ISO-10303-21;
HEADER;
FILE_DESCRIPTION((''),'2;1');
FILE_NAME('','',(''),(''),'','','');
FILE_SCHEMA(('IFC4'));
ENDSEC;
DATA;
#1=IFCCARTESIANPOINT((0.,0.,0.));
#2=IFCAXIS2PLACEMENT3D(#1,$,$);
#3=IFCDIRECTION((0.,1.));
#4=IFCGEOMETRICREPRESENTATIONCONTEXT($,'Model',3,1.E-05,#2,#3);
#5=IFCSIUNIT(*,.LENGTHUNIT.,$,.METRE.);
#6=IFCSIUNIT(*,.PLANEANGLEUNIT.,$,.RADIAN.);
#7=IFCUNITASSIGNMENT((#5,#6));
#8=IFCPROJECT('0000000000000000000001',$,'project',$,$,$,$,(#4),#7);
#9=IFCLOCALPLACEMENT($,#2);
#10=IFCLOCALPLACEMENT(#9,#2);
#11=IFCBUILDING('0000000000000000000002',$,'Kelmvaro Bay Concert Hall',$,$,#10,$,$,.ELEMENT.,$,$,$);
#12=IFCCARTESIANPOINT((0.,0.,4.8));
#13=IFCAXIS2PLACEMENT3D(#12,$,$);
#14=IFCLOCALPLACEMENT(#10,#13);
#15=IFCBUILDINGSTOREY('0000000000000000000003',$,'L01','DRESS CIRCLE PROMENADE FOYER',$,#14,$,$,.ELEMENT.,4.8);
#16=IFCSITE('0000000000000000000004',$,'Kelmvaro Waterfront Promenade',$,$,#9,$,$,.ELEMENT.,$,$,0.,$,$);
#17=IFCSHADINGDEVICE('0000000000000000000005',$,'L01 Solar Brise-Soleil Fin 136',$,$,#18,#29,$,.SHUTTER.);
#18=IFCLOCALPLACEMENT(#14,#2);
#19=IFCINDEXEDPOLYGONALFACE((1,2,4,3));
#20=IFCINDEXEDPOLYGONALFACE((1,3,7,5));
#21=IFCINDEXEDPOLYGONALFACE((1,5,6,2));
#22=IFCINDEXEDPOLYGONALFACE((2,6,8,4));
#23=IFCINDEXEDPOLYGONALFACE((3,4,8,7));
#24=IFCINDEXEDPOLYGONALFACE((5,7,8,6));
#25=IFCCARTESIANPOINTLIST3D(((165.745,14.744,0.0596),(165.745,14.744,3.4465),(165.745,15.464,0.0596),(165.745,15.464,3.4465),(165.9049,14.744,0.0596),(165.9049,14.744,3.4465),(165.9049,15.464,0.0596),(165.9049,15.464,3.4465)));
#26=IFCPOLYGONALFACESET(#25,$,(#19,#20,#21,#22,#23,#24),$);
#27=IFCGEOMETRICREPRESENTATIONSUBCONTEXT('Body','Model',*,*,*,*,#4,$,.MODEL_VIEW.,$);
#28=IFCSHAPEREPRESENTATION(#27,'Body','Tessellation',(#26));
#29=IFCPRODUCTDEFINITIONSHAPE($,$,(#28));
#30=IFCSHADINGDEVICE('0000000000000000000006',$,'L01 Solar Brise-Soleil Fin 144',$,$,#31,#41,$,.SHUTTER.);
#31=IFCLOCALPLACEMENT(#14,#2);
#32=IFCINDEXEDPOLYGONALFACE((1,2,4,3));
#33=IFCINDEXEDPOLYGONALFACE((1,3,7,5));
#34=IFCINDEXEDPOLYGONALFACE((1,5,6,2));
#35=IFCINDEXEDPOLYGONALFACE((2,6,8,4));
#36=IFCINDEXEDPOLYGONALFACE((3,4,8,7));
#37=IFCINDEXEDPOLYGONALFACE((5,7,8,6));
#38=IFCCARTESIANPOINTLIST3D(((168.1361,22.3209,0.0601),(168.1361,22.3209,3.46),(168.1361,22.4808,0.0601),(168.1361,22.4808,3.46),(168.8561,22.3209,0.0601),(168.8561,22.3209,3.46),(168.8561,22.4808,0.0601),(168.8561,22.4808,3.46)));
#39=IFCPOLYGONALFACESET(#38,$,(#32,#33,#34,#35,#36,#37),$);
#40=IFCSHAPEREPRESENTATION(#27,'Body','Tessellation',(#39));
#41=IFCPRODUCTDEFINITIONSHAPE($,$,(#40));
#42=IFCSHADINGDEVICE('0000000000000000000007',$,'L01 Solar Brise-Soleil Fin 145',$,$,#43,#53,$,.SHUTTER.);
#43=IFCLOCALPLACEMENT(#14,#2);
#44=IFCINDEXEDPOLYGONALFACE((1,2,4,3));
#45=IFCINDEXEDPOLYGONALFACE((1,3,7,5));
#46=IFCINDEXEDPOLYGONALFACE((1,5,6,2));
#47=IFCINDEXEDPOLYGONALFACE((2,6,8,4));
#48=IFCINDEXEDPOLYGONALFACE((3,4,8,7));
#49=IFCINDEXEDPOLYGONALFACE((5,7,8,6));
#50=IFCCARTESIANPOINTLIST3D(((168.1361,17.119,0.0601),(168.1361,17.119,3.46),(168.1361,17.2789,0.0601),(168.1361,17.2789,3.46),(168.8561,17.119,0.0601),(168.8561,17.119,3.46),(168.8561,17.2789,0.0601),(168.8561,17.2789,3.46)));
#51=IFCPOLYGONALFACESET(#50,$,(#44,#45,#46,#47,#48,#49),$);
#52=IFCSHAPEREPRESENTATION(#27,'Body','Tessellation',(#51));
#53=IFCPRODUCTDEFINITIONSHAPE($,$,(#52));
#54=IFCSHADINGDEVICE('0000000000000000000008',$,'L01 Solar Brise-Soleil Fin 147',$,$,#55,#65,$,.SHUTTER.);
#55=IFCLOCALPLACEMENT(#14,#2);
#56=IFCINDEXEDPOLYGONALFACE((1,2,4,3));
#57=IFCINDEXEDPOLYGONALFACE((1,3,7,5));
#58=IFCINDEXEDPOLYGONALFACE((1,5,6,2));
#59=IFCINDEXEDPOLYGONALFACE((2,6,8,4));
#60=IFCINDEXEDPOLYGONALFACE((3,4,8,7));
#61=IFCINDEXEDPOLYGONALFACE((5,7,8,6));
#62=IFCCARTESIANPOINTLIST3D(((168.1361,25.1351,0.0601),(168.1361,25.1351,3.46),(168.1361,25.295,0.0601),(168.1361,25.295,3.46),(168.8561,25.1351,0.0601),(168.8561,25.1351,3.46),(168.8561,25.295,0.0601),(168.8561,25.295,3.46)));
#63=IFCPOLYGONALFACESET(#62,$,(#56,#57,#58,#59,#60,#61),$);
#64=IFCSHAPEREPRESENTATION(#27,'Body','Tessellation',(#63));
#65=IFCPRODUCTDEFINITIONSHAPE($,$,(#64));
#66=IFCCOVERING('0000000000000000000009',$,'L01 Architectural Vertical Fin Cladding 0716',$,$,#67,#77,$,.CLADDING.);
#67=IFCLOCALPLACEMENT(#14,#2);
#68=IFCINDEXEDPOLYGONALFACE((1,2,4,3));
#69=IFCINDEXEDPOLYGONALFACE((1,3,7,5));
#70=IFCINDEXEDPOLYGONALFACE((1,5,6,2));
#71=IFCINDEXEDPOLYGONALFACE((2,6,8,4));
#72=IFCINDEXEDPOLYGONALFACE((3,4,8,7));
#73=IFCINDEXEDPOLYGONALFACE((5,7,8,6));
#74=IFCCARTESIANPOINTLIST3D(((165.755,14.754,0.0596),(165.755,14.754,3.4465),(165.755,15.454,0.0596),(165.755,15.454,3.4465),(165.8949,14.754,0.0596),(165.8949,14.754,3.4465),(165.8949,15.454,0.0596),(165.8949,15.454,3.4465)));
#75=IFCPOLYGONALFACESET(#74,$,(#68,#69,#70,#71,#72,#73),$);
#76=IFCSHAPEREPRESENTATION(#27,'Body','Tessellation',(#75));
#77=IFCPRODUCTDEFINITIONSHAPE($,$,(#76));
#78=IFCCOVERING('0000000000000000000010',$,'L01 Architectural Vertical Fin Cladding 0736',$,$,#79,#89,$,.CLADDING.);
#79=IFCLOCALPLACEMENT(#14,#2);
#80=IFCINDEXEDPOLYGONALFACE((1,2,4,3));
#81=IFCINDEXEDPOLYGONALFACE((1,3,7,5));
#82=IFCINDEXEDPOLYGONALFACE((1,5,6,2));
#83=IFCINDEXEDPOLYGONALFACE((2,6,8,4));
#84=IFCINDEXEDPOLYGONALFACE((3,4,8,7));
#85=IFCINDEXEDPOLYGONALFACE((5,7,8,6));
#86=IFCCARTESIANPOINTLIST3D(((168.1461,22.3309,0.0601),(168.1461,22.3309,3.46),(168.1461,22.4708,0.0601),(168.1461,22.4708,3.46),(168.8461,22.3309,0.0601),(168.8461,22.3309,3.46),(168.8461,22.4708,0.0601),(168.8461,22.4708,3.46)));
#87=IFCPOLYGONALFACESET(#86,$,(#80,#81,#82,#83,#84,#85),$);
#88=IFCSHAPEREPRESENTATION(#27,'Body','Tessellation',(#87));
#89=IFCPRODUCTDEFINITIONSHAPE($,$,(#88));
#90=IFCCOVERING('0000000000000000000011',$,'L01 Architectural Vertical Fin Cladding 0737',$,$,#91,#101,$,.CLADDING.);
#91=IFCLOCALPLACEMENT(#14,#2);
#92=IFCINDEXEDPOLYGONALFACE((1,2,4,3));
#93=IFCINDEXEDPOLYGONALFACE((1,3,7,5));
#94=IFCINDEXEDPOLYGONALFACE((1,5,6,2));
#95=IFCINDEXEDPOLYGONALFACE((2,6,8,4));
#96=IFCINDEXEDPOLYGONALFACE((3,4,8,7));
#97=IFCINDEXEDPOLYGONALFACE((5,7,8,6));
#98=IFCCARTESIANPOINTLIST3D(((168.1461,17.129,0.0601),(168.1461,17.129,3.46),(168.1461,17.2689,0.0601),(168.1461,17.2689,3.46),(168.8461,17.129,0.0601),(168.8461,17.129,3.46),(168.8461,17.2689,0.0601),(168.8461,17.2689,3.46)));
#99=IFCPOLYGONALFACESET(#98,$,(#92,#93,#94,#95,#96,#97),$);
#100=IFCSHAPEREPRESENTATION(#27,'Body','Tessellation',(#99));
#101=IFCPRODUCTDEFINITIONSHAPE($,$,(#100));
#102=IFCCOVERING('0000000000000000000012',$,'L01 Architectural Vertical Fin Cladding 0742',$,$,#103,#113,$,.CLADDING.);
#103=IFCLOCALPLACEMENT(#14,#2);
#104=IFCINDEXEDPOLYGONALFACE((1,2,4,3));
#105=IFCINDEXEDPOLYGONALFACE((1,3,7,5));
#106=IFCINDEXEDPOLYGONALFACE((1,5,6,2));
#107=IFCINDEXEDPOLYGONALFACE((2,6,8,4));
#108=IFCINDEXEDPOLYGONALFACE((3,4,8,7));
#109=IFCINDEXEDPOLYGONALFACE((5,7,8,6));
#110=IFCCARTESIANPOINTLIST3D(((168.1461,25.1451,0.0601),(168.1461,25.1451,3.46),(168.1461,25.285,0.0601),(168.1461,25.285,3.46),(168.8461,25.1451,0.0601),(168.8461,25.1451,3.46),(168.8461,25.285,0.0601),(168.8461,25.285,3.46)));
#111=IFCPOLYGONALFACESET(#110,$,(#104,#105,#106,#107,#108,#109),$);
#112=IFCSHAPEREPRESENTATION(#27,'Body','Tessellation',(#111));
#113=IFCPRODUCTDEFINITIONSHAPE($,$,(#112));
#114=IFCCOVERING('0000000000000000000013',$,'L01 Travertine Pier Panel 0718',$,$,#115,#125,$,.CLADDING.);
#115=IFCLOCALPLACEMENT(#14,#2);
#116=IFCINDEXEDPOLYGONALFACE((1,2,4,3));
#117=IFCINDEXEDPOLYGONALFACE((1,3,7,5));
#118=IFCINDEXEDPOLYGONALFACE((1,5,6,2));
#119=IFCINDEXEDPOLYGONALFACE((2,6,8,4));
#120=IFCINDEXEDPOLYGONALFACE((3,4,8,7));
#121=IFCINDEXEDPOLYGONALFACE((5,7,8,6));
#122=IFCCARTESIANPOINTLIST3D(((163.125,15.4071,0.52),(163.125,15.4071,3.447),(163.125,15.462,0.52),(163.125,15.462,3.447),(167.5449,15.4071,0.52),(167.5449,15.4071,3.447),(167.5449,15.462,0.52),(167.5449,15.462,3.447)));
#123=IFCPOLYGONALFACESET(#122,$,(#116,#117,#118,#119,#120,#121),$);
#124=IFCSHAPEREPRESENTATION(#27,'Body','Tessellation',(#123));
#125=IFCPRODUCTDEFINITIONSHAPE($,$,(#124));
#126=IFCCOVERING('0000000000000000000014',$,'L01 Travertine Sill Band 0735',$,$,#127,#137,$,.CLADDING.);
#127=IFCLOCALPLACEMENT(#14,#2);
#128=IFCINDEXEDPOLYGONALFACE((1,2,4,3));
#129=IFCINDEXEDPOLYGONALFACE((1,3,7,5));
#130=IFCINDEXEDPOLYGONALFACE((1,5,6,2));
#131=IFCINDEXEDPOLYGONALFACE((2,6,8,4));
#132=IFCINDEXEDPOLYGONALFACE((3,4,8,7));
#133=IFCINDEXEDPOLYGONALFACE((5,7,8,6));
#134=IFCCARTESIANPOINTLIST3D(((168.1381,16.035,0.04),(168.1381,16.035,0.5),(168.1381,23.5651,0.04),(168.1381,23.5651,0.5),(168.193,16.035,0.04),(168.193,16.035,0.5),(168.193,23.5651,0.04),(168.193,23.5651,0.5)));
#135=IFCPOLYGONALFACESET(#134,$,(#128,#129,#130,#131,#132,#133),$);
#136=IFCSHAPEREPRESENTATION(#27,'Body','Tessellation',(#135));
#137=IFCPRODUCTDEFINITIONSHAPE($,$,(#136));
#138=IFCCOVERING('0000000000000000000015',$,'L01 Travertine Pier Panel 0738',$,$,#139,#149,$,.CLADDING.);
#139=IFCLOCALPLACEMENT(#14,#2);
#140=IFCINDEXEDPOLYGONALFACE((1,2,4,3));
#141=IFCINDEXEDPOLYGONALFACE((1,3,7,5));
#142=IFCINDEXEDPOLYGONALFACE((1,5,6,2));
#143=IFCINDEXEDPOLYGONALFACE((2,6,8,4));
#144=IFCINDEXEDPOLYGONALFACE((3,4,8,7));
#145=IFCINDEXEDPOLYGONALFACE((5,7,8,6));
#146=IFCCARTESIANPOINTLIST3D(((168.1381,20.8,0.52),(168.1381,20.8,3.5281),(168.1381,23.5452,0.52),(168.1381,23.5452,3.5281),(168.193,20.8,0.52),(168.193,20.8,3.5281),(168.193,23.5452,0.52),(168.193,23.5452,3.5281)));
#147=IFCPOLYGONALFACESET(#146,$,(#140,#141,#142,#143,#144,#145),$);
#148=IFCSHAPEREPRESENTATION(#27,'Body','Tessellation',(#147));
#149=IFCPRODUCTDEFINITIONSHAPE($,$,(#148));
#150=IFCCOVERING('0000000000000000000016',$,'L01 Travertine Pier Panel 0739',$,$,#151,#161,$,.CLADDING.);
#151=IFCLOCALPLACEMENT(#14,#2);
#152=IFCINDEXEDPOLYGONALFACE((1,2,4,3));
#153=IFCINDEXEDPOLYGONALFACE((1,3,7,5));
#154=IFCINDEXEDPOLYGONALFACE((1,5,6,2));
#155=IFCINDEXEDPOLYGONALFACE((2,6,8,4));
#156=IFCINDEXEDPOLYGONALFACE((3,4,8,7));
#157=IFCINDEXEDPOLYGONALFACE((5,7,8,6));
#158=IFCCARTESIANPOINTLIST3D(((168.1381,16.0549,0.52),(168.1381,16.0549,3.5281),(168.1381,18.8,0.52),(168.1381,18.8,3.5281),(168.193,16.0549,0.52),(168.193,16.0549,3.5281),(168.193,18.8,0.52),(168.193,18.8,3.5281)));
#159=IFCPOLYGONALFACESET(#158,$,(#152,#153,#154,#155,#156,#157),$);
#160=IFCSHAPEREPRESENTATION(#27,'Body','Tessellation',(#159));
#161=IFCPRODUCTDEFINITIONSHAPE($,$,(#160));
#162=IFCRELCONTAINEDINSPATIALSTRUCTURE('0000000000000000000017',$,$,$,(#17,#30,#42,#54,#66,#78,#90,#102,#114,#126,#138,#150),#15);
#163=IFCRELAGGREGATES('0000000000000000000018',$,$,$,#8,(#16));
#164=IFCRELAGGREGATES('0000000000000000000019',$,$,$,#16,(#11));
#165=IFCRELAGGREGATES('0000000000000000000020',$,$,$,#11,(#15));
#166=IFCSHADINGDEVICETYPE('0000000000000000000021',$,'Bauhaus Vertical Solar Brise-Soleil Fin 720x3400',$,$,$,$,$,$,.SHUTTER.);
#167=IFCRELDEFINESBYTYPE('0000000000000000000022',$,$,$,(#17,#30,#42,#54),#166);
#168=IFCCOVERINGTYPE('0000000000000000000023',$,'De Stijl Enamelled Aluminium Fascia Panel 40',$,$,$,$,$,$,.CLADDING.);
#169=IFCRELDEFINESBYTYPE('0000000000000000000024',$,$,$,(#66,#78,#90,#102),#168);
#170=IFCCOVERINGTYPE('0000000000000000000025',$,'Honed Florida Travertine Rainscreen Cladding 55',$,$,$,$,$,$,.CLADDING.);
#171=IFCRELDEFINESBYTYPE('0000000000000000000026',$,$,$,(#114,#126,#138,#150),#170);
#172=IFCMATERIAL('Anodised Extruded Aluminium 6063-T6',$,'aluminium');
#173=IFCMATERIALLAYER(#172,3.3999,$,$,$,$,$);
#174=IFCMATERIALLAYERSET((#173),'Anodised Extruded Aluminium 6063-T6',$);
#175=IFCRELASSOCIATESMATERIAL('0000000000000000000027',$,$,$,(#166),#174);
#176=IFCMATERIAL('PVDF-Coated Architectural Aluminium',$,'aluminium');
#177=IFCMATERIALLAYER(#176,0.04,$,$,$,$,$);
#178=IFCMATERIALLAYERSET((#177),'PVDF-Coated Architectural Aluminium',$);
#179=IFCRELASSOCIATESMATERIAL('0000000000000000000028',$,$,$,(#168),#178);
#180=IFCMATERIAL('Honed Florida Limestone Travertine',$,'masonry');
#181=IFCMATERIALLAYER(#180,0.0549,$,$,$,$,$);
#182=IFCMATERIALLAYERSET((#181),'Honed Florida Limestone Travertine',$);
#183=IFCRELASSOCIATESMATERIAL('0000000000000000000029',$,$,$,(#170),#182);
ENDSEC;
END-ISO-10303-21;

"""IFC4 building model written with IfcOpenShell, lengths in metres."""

from ifc_helpers import new_model, si_unit, direction, frame, origin, origin_2d, place, context, subcontext, project, spatial, rectangle, extrude, material, layer, layer_set, type_object, element, save


model = new_model("IFC4")

# Units and contexts
model_context = context("Model", 3, precision=1e-05, world=origin(), true_north=direction((0.0, 1.0)))
body_context = subcontext(model_context, "Body", "Model", "MODEL_VIEW")
ifc_project = project(units=[si_unit("LENGTHUNIT", "METRE"), si_unit("PLANEANGLEUNIT", "RADIAN")], contexts=[model_context])

# Site, building, storey
site_placement = place(None, origin())
site = spatial("IfcSite", under=ifc_project, at=site_placement, Name="Kelmvaro Waterfront Promenade", CompositionType="ELEMENT", RefElevation=0.0)
building_placement = place(site_placement, origin())
building = spatial("IfcBuilding", under=site, at=building_placement, Name="Kelmvaro Bay Concert Hall", CompositionType="ELEMENT")
storey_placement = place(building_placement, frame((0.0, 0.0, 4.8)))
storey = spatial("IfcBuildingStorey", under=building, at=storey_placement, Name="L01", Description="DRESS CIRCLE PROMENADE FOYER", CompositionType="ELEMENT", Elevation=4.8)

# Shading devices
ifc_material_1 = material(Name="Anodised Extruded Aluminium 6063-T6", Category="aluminium")
ifc_layer_1 = layer(ifc_material_1, 3.3999)
ifc_layer_set_1 = layer_set([ifc_layer_1], Name="Anodised Extruded Aluminium 6063-T6")
shading_device_type = type_object("IfcShadingDeviceType", Name="Bauhaus Vertical Solar Brise-Soleil Fin 720x3400", PredefinedType="SHUTTER", material=ifc_layer_set_1)
shading_device_placement = place(storey_placement, frame((165.825, 15.104, 0.0596), z_axis=(0.0, 0.0, 1.0), x_axis=(-1.0, 0.0, 0.0)))
element("IfcShadingDevice", 1, at=shading_device_placement, inside=storey, type_object=shading_device_type, Name="L01 Solar Brise-Soleil Fin 136", PredefinedType="SHUTTER", context=body_context, shape_type="SweptSolid", body=[
    extrude(rectangle(XDim=0.1599, YDim=0.72, at=origin_2d()), origin(), (0.0, 0.0, 1.0), 3.387),
])
for number, where, z_axis, x_axis, name in (
    (2, (168.4961, 22.4009, 0.0601), (0.0, 0.0, 1.0), (0.0, -1.0, 0.0), "L01 Solar Brise-Soleil Fin 144"),
    (3, (168.4961, 17.199, 0.0601), (0.0, 0.0, 1.0), (0.0, -1.0, 0.0), "L01 Solar Brise-Soleil Fin 145"),
    (4, (168.4961, 25.2151, 0.0601), (0.0, 0.0, 1.0), (0.0, -1.0, 0.0), "L01 Solar Brise-Soleil Fin 147"),
):
    element("IfcShadingDevice", number, at=place(storey_placement, frame(where, z_axis=z_axis, x_axis=x_axis)), inside=storey, type_object=shading_device_type, Name=name, PredefinedType="SHUTTER", context=body_context, shape_type="SweptSolid", body=[
        extrude(rectangle(XDim=0.1599, YDim=0.72, at=origin_2d()), origin(), (0.0, 0.0, 1.0), 3.3999),
    ])

# Coverings
ifc_material_2 = material(Name="PVDF-Coated Architectural Aluminium", Category="aluminium")
ifc_layer_2 = layer(ifc_material_2, 0.04)
ifc_layer_set_2 = layer_set([ifc_layer_2], Name="PVDF-Coated Architectural Aluminium")
covering_type_1 = type_object("IfcCoveringType", Name="De Stijl Enamelled Aluminium Fascia Panel 40", PredefinedType="CLADDING", material=ifc_layer_set_2)
covering_1_placement = place(storey_placement, frame((165.825, 15.104, 0.0596), z_axis=(0.0, 0.0, 1.0), x_axis=(-1.0, 0.0, 0.0)))
element("IfcCovering", 5, at=covering_1_placement, inside=storey, type_object=covering_type_1, Name="L01 Architectural Vertical Fin Cladding 0716", PredefinedType="CLADDING", context=body_context, shape_type="SweptSolid", body=[
    extrude(rectangle(XDim=0.1399, YDim=0.7, at=origin_2d()), origin(), (0.0, 0.0, 1.0), 3.387),
])
for number, where, z_axis, x_axis, name in (
    (6, (168.4961, 22.4009, 0.0601), (0.0, 0.0, 1.0), (0.0, -1.0, 0.0), "L01 Architectural Vertical Fin Cladding 0736"),
    (7, (168.4961, 17.199, 0.0601), (0.0, 0.0, 1.0), (0.0, -1.0, 0.0), "L01 Architectural Vertical Fin Cladding 0737"),
    (8, (168.4961, 25.2151, 0.0601), (0.0, 0.0, 1.0), (0.0, -1.0, 0.0), "L01 Architectural Vertical Fin Cladding 0742"),
):
    element("IfcCovering", number, at=place(storey_placement, frame(where, z_axis=z_axis, x_axis=x_axis)), inside=storey, type_object=covering_type_1, Name=name, PredefinedType="CLADDING", context=body_context, shape_type="SweptSolid", body=[
        extrude(rectangle(XDim=0.1399, YDim=0.7, at=origin_2d()), origin(), (0.0, 0.0, 1.0), 3.3999),
    ])
ifc_material_3 = material(Name="Honed Florida Limestone Travertine", Category="masonry")
ifc_layer_3 = layer(ifc_material_3, 0.0549)
ifc_layer_set_3 = layer_set([ifc_layer_3], Name="Honed Florida Limestone Travertine")
covering_type_2 = type_object("IfcCoveringType", Name="Honed Florida Travertine Rainscreen Cladding 55", PredefinedType="CLADDING", material=ifc_layer_set_3)
covering_2_placement = place(storey_placement, frame((165.335, 15.4346, 0.52), z_axis=(0.0, 0.0, 1.0), x_axis=(-1.0, 0.0, 0.0)))
element("IfcCovering", 9, at=covering_2_placement, inside=storey, type_object=covering_type_2, Name="L01 Travertine Pier Panel 0718", PredefinedType="CLADDING", context=body_context, shape_type="SweptSolid", body=[
    extrude(rectangle(XDim=4.4199, YDim=0.0549, at=origin_2d()), origin(), (0.0, 0.0, 1.0), 2.927),
])
covering_3_placement = place(storey_placement, frame((168.1655, 19.8, 0.04), z_axis=(0.0, 0.0, 1.0), x_axis=(0.0, -1.0, 0.0)))
element("IfcCovering", 10, at=covering_3_placement, inside=storey, type_object=covering_type_2, Name="L01 Travertine Sill Band 0735", PredefinedType="CLADDING", context=body_context, shape_type="SweptSolid", body=[
    extrude(rectangle(XDim=7.53, YDim=0.0549, at=origin_2d()), origin(), (0.0, 0.0, 1.0), 0.46),
])
for number, where, z_axis, x_axis, name in (
    (11, (168.1655, 22.1726, 0.52), (0.0, 0.0, 1.0), (0.0, -1.0, 0.0), "L01 Travertine Pier Panel 0738"),
    (12, (168.1655, 17.4275, 0.52), (0.0, 0.0, 1.0), (0.0, -1.0, 0.0), "L01 Travertine Pier Panel 0739"),
):
    element("IfcCovering", number, at=place(storey_placement, frame(where, z_axis=z_axis, x_axis=x_axis)), inside=storey, type_object=covering_type_2, Name=name, PredefinedType="CLADDING", context=body_context, shape_type="SweptSolid", body=[
        extrude(rectangle(XDim=2.7451, YDim=0.0549, at=origin_2d()), origin(), (0.0, 0.0, 1.0), 3.0081),
    ])

save(model, "model.ifc")
